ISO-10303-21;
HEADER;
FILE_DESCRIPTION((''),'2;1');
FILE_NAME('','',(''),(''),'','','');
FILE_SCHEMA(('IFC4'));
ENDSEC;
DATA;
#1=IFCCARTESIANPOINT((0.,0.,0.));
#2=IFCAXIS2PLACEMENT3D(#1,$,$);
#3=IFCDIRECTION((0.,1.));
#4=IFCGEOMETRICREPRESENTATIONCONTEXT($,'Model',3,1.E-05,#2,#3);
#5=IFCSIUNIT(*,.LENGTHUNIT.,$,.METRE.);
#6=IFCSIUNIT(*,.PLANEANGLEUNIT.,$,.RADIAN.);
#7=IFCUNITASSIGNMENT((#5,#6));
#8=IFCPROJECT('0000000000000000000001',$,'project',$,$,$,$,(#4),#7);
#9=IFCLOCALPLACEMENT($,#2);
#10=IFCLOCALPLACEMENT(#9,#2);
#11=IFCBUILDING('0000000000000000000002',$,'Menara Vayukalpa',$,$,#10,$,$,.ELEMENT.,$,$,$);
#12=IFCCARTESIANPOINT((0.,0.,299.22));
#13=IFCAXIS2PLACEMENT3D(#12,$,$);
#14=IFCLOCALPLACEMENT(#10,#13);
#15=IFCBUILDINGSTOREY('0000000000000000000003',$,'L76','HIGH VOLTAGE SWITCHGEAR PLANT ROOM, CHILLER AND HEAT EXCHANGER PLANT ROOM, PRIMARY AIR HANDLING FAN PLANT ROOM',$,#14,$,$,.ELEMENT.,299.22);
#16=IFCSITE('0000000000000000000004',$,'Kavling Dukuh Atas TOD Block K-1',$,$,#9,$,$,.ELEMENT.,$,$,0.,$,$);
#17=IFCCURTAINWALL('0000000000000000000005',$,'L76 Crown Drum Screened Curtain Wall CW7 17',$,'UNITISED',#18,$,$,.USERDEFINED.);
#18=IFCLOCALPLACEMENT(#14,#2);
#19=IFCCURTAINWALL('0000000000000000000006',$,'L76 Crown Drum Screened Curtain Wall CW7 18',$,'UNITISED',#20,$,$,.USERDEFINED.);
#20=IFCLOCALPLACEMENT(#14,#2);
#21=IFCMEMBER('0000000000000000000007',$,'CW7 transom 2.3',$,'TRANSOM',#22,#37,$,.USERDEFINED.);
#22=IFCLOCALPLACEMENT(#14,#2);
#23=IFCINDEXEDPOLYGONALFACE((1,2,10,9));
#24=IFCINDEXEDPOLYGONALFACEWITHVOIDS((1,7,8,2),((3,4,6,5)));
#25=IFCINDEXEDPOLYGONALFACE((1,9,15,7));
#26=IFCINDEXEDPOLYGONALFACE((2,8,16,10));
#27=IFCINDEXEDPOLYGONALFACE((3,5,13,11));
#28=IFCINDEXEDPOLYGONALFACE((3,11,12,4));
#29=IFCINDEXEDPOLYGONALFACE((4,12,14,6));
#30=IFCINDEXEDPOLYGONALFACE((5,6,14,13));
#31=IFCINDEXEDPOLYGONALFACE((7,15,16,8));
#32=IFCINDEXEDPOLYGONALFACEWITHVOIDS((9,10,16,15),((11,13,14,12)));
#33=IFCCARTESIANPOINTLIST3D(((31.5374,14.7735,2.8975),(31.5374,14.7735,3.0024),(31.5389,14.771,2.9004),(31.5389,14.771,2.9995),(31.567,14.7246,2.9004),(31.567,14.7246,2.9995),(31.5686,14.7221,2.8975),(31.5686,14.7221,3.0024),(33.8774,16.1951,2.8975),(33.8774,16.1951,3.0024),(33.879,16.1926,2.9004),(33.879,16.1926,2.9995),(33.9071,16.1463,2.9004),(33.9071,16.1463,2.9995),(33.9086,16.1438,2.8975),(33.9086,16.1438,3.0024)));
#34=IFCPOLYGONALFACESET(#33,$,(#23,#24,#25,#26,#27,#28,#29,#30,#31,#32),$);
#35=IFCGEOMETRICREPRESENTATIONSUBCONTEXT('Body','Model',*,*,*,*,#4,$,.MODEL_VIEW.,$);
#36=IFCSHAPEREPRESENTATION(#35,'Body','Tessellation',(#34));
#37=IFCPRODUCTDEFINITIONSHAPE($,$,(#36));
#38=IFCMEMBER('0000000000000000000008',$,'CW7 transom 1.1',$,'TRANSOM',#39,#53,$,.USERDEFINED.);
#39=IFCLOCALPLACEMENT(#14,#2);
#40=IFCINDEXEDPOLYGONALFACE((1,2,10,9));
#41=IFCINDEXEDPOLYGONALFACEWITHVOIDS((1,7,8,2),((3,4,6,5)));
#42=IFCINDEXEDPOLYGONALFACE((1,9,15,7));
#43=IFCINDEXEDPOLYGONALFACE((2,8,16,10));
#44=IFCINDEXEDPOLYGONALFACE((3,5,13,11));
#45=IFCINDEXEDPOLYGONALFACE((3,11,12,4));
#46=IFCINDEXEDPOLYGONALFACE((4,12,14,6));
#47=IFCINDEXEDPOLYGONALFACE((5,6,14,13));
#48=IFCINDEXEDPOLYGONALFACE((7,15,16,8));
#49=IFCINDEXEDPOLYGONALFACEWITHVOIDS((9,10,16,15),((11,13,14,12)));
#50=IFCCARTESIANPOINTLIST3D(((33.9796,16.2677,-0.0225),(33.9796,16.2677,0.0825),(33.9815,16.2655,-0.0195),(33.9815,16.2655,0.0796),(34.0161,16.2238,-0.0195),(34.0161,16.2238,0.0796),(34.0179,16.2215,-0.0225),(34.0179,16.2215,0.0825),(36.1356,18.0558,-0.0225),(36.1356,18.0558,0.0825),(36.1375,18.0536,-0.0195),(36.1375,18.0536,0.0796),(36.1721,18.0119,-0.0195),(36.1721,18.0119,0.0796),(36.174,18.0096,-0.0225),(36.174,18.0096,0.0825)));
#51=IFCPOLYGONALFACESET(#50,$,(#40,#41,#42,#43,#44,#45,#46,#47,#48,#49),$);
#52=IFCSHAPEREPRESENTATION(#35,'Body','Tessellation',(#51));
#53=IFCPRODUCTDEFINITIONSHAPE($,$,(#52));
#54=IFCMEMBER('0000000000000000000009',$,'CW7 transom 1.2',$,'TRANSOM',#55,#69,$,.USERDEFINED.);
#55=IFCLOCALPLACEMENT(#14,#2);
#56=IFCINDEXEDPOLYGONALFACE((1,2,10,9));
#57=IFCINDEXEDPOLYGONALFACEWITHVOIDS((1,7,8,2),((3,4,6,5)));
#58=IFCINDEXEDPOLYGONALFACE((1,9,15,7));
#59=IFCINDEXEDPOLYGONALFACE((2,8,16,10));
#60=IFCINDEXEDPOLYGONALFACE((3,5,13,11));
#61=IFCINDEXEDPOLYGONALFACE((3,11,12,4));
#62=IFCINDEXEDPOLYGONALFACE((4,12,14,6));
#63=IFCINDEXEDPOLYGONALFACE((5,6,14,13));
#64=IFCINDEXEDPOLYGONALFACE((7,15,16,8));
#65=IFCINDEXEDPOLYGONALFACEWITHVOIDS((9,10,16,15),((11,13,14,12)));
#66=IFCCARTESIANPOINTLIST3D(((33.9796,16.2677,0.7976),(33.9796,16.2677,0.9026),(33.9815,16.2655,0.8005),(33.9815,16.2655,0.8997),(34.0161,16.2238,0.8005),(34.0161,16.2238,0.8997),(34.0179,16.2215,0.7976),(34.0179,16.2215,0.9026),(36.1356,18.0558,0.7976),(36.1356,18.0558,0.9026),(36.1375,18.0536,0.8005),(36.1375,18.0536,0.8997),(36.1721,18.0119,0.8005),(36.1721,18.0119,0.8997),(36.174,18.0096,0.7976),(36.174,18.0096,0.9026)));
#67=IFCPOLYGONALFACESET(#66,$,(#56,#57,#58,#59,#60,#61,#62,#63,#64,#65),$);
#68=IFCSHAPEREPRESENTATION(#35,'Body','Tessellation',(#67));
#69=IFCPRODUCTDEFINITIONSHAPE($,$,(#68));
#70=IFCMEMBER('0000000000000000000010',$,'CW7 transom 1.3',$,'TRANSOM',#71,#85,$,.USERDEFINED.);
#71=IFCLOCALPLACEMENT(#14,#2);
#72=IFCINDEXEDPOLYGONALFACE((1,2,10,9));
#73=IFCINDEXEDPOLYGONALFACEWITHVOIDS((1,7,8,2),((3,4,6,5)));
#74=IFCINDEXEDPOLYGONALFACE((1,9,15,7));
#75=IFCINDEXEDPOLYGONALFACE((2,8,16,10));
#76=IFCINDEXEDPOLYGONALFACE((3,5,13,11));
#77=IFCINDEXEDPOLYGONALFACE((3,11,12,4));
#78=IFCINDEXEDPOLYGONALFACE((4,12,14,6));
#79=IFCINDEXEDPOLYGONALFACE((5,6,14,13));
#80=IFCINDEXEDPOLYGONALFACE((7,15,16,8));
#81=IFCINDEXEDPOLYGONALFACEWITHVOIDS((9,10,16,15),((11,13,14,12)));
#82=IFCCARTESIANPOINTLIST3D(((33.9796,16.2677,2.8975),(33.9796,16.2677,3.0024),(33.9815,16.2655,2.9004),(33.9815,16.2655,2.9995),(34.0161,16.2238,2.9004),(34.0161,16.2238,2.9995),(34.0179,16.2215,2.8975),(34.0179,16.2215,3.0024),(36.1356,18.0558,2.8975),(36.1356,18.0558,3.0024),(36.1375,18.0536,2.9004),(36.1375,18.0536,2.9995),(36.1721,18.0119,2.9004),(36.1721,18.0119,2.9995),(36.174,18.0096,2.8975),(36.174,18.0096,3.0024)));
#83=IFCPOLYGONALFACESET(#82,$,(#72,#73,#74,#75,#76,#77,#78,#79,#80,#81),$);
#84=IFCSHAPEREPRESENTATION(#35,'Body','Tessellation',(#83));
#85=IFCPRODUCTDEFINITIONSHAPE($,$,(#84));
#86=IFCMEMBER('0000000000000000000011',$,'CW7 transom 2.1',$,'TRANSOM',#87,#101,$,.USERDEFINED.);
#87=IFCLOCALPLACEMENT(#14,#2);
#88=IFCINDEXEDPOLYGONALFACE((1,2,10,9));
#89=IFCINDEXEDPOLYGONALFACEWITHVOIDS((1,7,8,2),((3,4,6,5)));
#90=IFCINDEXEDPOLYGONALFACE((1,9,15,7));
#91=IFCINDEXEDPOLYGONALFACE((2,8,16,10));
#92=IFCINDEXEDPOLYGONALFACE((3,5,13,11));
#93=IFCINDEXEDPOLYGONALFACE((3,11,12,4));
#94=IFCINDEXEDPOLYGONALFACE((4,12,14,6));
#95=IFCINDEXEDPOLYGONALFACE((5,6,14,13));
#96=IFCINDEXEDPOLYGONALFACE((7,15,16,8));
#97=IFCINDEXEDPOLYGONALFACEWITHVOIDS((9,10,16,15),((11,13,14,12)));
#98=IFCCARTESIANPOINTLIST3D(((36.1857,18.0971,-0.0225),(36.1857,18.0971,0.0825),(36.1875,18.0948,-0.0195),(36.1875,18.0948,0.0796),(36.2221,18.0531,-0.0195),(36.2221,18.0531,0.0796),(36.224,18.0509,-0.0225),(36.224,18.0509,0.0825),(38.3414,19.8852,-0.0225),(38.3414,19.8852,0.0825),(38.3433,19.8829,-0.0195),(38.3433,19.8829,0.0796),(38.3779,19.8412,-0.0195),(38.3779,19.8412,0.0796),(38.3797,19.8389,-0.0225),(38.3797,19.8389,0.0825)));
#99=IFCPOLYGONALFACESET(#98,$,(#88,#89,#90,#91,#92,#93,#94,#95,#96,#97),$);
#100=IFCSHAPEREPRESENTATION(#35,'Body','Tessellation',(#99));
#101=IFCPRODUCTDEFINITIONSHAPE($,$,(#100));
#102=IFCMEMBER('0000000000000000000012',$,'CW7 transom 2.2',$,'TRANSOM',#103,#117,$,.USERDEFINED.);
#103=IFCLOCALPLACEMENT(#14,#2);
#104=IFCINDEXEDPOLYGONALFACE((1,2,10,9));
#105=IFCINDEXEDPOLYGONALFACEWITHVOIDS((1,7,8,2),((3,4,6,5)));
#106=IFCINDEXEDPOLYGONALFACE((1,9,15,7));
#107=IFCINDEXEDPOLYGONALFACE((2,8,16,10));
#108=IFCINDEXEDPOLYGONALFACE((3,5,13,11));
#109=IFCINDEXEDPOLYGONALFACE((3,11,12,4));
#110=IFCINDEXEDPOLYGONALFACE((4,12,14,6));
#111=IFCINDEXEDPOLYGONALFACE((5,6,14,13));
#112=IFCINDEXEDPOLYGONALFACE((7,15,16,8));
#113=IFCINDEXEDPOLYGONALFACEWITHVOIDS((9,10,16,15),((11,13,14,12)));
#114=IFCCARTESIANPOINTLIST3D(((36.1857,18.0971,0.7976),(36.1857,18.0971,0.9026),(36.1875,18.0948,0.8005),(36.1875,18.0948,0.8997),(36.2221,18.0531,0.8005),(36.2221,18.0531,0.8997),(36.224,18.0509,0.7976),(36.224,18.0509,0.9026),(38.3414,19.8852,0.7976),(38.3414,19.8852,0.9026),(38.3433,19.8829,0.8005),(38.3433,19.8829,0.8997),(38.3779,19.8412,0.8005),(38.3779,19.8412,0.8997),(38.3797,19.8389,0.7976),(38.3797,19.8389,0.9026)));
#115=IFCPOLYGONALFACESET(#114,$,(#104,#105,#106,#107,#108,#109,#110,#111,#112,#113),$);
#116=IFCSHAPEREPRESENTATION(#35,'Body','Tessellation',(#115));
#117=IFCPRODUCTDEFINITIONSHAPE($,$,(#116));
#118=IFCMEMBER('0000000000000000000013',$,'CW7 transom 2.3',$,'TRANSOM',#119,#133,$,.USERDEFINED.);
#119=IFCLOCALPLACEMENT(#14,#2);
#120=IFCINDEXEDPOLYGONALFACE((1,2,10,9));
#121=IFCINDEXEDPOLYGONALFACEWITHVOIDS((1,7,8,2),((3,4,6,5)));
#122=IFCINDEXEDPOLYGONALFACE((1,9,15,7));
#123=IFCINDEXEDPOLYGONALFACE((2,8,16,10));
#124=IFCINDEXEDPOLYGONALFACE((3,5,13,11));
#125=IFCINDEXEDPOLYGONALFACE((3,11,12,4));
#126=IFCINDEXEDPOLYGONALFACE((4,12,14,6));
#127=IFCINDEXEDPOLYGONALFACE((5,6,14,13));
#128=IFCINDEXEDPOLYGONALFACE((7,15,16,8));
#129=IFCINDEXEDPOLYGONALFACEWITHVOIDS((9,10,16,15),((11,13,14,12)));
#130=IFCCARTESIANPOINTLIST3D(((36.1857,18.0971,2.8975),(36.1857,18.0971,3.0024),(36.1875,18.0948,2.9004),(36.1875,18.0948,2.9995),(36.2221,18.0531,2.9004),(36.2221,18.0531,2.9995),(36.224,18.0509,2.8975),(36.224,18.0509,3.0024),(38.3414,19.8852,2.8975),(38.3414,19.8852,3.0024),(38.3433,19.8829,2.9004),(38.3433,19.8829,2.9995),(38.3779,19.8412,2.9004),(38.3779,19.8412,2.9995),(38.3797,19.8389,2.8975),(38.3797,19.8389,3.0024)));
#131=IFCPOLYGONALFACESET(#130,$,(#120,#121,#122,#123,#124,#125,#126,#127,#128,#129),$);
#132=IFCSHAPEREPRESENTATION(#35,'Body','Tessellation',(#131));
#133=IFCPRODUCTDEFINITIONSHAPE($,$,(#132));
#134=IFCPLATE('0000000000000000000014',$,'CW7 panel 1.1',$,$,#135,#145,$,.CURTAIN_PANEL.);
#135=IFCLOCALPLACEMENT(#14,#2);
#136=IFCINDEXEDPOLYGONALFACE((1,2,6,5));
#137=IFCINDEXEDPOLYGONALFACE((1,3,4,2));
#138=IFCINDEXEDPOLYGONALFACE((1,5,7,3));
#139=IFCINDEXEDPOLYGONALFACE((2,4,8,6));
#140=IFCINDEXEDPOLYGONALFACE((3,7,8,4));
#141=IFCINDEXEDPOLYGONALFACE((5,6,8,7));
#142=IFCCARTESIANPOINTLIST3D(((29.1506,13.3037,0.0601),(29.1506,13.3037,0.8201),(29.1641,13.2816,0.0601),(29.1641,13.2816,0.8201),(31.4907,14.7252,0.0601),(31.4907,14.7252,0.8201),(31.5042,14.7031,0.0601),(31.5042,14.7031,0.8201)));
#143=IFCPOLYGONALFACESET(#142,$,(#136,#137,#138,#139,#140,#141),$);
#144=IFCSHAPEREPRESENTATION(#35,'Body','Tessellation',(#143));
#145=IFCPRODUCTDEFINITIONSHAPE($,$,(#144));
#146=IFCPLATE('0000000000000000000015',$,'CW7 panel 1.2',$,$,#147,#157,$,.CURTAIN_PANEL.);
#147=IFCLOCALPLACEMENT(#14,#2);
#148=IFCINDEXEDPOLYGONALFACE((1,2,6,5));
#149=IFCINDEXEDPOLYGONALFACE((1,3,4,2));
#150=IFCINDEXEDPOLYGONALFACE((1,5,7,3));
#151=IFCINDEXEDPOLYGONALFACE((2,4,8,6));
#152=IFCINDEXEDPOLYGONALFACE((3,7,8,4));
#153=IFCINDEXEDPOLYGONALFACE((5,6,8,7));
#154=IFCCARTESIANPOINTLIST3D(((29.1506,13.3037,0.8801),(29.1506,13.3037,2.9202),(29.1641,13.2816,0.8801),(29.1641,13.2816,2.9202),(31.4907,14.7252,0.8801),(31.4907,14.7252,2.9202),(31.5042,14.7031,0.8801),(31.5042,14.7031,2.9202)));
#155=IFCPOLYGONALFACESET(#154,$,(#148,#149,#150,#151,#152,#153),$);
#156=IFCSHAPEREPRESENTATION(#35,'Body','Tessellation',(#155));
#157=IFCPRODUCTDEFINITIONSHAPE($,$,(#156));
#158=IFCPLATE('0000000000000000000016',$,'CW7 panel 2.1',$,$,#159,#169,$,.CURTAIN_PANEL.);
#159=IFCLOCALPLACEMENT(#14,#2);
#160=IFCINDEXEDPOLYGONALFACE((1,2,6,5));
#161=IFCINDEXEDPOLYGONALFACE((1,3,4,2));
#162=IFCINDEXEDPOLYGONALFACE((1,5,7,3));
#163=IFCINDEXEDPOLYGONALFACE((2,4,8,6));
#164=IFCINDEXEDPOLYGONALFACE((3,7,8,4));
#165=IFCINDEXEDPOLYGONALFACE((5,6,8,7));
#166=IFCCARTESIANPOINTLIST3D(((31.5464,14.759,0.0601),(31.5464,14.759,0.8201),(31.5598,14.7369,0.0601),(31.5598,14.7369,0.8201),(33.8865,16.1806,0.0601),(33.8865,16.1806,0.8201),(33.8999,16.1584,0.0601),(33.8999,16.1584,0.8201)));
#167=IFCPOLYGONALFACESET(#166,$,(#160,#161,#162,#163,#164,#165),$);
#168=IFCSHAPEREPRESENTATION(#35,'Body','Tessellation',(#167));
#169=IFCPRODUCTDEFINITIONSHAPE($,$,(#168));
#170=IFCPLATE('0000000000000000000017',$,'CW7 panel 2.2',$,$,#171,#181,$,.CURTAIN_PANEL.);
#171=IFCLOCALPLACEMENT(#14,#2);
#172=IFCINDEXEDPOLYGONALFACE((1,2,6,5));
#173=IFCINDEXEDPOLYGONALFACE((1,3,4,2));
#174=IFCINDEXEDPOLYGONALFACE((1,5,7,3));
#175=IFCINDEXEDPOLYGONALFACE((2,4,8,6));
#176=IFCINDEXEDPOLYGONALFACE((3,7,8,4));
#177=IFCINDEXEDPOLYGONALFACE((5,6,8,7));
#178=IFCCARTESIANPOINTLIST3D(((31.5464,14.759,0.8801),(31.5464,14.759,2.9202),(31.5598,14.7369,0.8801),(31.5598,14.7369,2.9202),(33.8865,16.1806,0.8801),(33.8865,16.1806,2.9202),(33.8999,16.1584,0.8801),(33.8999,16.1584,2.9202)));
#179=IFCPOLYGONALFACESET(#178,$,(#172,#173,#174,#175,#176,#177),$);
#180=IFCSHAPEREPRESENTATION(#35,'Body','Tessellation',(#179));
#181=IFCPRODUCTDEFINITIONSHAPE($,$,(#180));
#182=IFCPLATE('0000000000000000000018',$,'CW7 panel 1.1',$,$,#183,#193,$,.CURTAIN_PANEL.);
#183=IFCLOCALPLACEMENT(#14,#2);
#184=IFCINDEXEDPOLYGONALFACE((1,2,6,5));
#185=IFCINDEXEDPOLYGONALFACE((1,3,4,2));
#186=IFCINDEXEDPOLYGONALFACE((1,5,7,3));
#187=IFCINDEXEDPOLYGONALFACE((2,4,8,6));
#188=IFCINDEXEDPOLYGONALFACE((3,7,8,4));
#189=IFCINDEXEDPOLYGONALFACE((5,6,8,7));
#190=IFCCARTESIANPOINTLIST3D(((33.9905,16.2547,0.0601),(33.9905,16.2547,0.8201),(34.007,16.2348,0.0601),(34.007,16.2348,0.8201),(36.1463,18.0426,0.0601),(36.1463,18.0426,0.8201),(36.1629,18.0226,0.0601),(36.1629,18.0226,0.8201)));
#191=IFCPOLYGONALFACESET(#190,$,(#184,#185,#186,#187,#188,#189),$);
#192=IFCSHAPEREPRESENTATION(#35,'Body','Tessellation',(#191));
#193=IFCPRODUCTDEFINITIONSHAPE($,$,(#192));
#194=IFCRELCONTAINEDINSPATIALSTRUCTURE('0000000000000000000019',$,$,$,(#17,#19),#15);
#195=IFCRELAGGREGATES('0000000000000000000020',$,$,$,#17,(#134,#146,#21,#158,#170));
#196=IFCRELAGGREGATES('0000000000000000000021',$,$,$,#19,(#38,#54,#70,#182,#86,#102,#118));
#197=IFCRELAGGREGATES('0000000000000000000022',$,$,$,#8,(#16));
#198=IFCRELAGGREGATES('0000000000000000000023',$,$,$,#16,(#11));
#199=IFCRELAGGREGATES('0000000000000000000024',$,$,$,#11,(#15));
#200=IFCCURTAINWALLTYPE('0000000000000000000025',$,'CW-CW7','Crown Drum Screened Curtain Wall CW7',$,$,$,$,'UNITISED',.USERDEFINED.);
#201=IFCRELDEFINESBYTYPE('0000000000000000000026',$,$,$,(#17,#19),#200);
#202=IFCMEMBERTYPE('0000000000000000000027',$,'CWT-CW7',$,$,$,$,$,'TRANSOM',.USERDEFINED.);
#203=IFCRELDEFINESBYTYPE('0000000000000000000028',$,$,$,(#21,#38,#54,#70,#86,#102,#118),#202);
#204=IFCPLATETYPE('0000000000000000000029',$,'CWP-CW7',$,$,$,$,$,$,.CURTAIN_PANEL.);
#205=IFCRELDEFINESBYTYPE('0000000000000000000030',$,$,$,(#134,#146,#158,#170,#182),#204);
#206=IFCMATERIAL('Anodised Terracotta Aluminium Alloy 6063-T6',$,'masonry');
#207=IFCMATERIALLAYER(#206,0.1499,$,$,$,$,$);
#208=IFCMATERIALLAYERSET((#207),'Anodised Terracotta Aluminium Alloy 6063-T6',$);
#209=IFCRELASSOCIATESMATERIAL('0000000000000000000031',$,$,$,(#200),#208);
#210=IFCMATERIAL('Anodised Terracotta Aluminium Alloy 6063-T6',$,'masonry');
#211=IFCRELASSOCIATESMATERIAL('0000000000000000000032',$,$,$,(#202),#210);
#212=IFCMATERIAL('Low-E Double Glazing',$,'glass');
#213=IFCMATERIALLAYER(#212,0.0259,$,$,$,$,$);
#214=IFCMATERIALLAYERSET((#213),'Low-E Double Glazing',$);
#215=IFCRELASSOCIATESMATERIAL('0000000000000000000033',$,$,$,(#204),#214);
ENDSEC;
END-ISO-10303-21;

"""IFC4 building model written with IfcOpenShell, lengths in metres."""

from ifc_helpers import new_model, si_unit, direction, frame, origin, origin_2d, place, context, subcontext, project, spatial, rectangle, hollow_rectangle, extrude, material, layer, layer_set, material_profile, profile_set, type_object, element, aggregate, save


model = new_model("IFC4")

# Units and contexts
model_context = context("Model", 3, precision=1e-05, world=origin(), true_north=direction((0.0, 1.0)))
body_context = subcontext(model_context, "Body", "Model", "MODEL_VIEW")
ifc_project = project(units=[si_unit("LENGTHUNIT", "METRE"), si_unit("PLANEANGLEUNIT", "RADIAN")], contexts=[model_context])

# Site, building, storey
site_placement = place(None, origin())
site = spatial("IfcSite", under=ifc_project, at=site_placement, Name="Kavling Dukuh Atas TOD Block K-1", CompositionType="ELEMENT", RefElevation=0.0)
building_placement = place(site_placement, origin())
building = spatial("IfcBuilding", under=site, at=building_placement, Name="Menara Vayukalpa", CompositionType="ELEMENT")
storey_placement = place(building_placement, frame((0.0, 0.0, 299.22)))
storey = spatial("IfcBuildingStorey", under=building, at=storey_placement, Name="L76", Description="HIGH VOLTAGE SWITCHGEAR PLANT ROOM, CHILLER AND HEAT EXCHANGER PLANT ROOM, PRIMARY AIR HANDLING FAN PLANT ROOM", CompositionType="ELEMENT", Elevation=299.22)

# Curtain walls
ifc_material_1 = material(Name="Anodised Terracotta Aluminium Alloy 6063-T6", Category="masonry")
ifc_layer_1 = layer(ifc_material_1, 0.1499)
ifc_layer_set_1 = layer_set([ifc_layer_1], Name="Anodised Terracotta Aluminium Alloy 6063-T6")
curtain_wall_type = type_object("IfcCurtainWallType", Name="CW-CW7", Description="Crown Drum Screened Curtain Wall CW7", ElementType="UNITISED", PredefinedType="USERDEFINED", material=ifc_layer_set_1)
curtain_wall_1_placement = place(storey_placement, origin())
curtain_wall_1 = element("IfcCurtainWall", 1, at=curtain_wall_1_placement, inside=storey, type_object=curtain_wall_type, Name="L76 Crown Drum Screened Curtain Wall CW7 17", ObjectType="UNITISED", PredefinedType="USERDEFINED")
curtain_wall_2_placement = place(storey_placement, origin())
curtain_wall_2 = element("IfcCurtainWall", 2, at=curtain_wall_2_placement, inside=storey, type_object=curtain_wall_type, Name="L76 Crown Drum Screened Curtain Wall CW7 18", ObjectType="UNITISED", PredefinedType="USERDEFINED")

# Members
ifc_material_2 = material(Name="Anodised Terracotta Aluminium Alloy 6063-T6", Category="masonry")
ifc_material_profile_1 = material_profile(ifc_material_2, hollow_rectangle(XDim=0.0601, YDim=0.105, WallThickness=0.0029, at=origin_2d()), Name="ALU 60x105x3")
ifc_profile_set_1 = profile_set([ifc_material_profile_1], Name="Anodised Terracotta Aluminium Alloy 6063-T6")
member_type_1 = type_object("IfcMemberType", Name="CWT-CW7", ElementType="TRANSOM", PredefinedType="USERDEFINED", material=ifc_profile_set_1)
member_1_placement = place(storey_placement, frame((31.553, 14.7478, 2.95), z_axis=(0.854648, 0.519208, 0.0), x_axis=(-0.519208, 0.854648, 0.0)))
member_1 = element("IfcMember", 3, at=member_1_placement, type_object=member_type_1, Name="CW7 transom 2.3", ObjectType="TRANSOM", PredefinedType="USERDEFINED", context=body_context, shape_type="SweptSolid", body=[
    extrude(hollow_rectangle(XDim=0.0601, YDim=0.105, WallThickness=0.0029, at=origin_2d()), origin(), (0.0, 0.0, 1.0), 2.738),
])
member_2_placement = place(storey_placement, frame((33.9988, 16.2446, 0.03), z_axis=(0.769727, 0.638374, 0.0), x_axis=(-0.638374, 0.769727, 0.0)))
member_2 = element("IfcMember", 4, at=member_2_placement, type_object=member_type_1, Name="CW7 transom 1.1", ObjectType="TRANSOM", PredefinedType="USERDEFINED", context=body_context, shape_type="SweptSolid", body=[
    extrude(hollow_rectangle(XDim=0.0601, YDim=0.105, WallThickness=0.0029, at=origin_2d()), origin(), (0.0, 0.0, 1.0), 2.801),
])
member_3_placement = place(storey_placement, frame((33.9988, 16.2446, 0.8501), z_axis=(0.769727, 0.638374, 0.0), x_axis=(-0.638374, 0.769727, 0.0)))
member_3 = element("IfcMember", 5, at=member_3_placement, type_object=member_type_1, Name="CW7 transom 1.2", ObjectType="TRANSOM", PredefinedType="USERDEFINED", context=body_context, shape_type="SweptSolid", body=[
    extrude(hollow_rectangle(XDim=0.0601, YDim=0.105, WallThickness=0.0029, at=origin_2d()), origin(), (0.0, 0.0, 1.0), 2.801),
])
member_4_placement = place(storey_placement, frame((33.9988, 16.2446, 2.95), z_axis=(0.769727, 0.638374, 0.0), x_axis=(-0.638374, 0.769727, 0.0)))
member_4 = element("IfcMember", 6, at=member_4_placement, type_object=member_type_1, Name="CW7 transom 1.3", ObjectType="TRANSOM", PredefinedType="USERDEFINED", context=body_context, shape_type="SweptSolid", body=[
    extrude(hollow_rectangle(XDim=0.0601, YDim=0.105, WallThickness=0.0029, at=origin_2d()), origin(), (0.0, 0.0, 1.0), 2.801),
])
member_5_placement = place(storey_placement, frame((36.2048, 18.074, 0.03), z_axis=(0.769691, 0.638416, 0.0), x_axis=(-0.638416, 0.769691, 0.0)))
member_5 = element("IfcMember", 7, at=member_5_placement, type_object=member_type_1, Name="CW7 transom 2.1", ObjectType="TRANSOM", PredefinedType="USERDEFINED", context=body_context, shape_type="SweptSolid", body=[
    extrude(hollow_rectangle(XDim=0.0601, YDim=0.105, WallThickness=0.0029, at=origin_2d()), origin(), (0.0, 0.0, 1.0), 2.8008),
])
member_6_placement = place(storey_placement, frame((36.2048, 18.074, 0.8501), z_axis=(0.769691, 0.638416, 0.0), x_axis=(-0.638416, 0.769691, 0.0)))
member_6 = element("IfcMember", 8, at=member_6_placement, type_object=member_type_1, Name="CW7 transom 2.2", ObjectType="TRANSOM", PredefinedType="USERDEFINED", context=body_context, shape_type="SweptSolid", body=[
    extrude(hollow_rectangle(XDim=0.0601, YDim=0.105, WallThickness=0.0029, at=origin_2d()), origin(), (0.0, 0.0, 1.0), 2.8008),
])
member_7_placement = place(storey_placement, frame((36.2048, 18.074, 2.95), z_axis=(0.769691, 0.638416, 0.0), x_axis=(-0.638416, 0.769691, 0.0)))
member_7 = element("IfcMember", 9, at=member_7_placement, type_object=member_type_1, Name="CW7 transom 2.3", ObjectType="TRANSOM", PredefinedType="USERDEFINED", context=body_context, shape_type="SweptSolid", body=[
    extrude(hollow_rectangle(XDim=0.0601, YDim=0.105, WallThickness=0.0029, at=origin_2d()), origin(), (0.0, 0.0, 1.0), 2.8008),
])

# Plates
ifc_material_3 = material(Name="Low-E Double Glazing", Category="glass")
ifc_layer_2 = layer(ifc_material_3, 0.0259)
ifc_layer_set_2 = layer_set([ifc_layer_2], Name="Low-E Double Glazing")
plate_type = type_object("IfcPlateType", Name="CWP-CW7", PredefinedType="CURTAIN_PANEL", material=ifc_layer_set_2)
plate_1_placement = place(storey_placement, frame((30.3274, 14.0034, 0.0601), z_axis=(0.0, 0.0, 1.0), x_axis=(0.854667, 0.519176, 0.0)))
plate_1 = element("IfcPlate", 10, at=plate_1_placement, type_object=plate_type, Name="CW7 panel 1.1", PredefinedType="CURTAIN_PANEL", context=body_context, shape_type="SweptSolid", body=[
    extrude(rectangle(XDim=2.738, YDim=0.0259, at=origin_2d()), origin(), (0.0, 0.0, 1.0), 0.76),
])
plate_2_placement = place(storey_placement, frame((30.3274, 14.0034, 0.8801), z_axis=(0.0, 0.0, 1.0), x_axis=(0.854667, 0.519176, 0.0)))
plate_2 = element("IfcPlate", 11, at=plate_2_placement, type_object=plate_type, Name="CW7 panel 1.2", PredefinedType="CURTAIN_PANEL", context=body_context, shape_type="SweptSolid", body=[
    extrude(rectangle(XDim=2.738, YDim=0.0259, at=origin_2d()), origin(), (0.0, 0.0, 1.0), 2.04),
])
plate_3_placement = place(storey_placement, frame((32.7231, 15.4587, 0.0601), z_axis=(0.0, 0.0, 1.0), x_axis=(0.854667, 0.519176, 0.0)))
plate_3 = element("IfcPlate", 12, at=plate_3_placement, type_object=plate_type, Name="CW7 panel 2.1", PredefinedType="CURTAIN_PANEL", context=body_context, shape_type="SweptSolid", body=[
    extrude(rectangle(XDim=2.738, YDim=0.0259, at=origin_2d()), origin(), (0.0, 0.0, 1.0), 0.76),
])
plate_4_placement = place(storey_placement, frame((32.7231, 15.4587, 0.8801), z_axis=(0.0, 0.0, 1.0), x_axis=(0.854667, 0.519176, 0.0)))
plate_4 = element("IfcPlate", 13, at=plate_4_placement, type_object=plate_type, Name="CW7 panel 2.2", PredefinedType="CURTAIN_PANEL", context=body_context, shape_type="SweptSolid", body=[
    extrude(rectangle(XDim=2.738, YDim=0.0259, at=origin_2d()), origin(), (0.0, 0.0, 1.0), 2.04),
])
aggregate(curtain_wall_1, [plate_1, plate_2, member_1, plate_3, plate_4])
plate_5_placement = place(storey_placement, frame((35.0767, 17.1387, 0.0601), z_axis=(0.0, 0.0, 1.0), x_axis=(0.769749, 0.638347, 0.0)))
plate_5 = element("IfcPlate", 14, at=plate_5_placement, type_object=plate_type, Name="CW7 panel 1.1", PredefinedType="CURTAIN_PANEL", context=body_context, shape_type="SweptSolid", body=[
    extrude(rectangle(XDim=2.8008, YDim=0.0259, at=origin_2d()), origin(), (0.0, 0.0, 1.0), 0.76),
])
aggregate(curtain_wall_2, [member_2, member_3, member_4, plate_5, member_5, member_6, member_7])

save(model, "model.ifc")
